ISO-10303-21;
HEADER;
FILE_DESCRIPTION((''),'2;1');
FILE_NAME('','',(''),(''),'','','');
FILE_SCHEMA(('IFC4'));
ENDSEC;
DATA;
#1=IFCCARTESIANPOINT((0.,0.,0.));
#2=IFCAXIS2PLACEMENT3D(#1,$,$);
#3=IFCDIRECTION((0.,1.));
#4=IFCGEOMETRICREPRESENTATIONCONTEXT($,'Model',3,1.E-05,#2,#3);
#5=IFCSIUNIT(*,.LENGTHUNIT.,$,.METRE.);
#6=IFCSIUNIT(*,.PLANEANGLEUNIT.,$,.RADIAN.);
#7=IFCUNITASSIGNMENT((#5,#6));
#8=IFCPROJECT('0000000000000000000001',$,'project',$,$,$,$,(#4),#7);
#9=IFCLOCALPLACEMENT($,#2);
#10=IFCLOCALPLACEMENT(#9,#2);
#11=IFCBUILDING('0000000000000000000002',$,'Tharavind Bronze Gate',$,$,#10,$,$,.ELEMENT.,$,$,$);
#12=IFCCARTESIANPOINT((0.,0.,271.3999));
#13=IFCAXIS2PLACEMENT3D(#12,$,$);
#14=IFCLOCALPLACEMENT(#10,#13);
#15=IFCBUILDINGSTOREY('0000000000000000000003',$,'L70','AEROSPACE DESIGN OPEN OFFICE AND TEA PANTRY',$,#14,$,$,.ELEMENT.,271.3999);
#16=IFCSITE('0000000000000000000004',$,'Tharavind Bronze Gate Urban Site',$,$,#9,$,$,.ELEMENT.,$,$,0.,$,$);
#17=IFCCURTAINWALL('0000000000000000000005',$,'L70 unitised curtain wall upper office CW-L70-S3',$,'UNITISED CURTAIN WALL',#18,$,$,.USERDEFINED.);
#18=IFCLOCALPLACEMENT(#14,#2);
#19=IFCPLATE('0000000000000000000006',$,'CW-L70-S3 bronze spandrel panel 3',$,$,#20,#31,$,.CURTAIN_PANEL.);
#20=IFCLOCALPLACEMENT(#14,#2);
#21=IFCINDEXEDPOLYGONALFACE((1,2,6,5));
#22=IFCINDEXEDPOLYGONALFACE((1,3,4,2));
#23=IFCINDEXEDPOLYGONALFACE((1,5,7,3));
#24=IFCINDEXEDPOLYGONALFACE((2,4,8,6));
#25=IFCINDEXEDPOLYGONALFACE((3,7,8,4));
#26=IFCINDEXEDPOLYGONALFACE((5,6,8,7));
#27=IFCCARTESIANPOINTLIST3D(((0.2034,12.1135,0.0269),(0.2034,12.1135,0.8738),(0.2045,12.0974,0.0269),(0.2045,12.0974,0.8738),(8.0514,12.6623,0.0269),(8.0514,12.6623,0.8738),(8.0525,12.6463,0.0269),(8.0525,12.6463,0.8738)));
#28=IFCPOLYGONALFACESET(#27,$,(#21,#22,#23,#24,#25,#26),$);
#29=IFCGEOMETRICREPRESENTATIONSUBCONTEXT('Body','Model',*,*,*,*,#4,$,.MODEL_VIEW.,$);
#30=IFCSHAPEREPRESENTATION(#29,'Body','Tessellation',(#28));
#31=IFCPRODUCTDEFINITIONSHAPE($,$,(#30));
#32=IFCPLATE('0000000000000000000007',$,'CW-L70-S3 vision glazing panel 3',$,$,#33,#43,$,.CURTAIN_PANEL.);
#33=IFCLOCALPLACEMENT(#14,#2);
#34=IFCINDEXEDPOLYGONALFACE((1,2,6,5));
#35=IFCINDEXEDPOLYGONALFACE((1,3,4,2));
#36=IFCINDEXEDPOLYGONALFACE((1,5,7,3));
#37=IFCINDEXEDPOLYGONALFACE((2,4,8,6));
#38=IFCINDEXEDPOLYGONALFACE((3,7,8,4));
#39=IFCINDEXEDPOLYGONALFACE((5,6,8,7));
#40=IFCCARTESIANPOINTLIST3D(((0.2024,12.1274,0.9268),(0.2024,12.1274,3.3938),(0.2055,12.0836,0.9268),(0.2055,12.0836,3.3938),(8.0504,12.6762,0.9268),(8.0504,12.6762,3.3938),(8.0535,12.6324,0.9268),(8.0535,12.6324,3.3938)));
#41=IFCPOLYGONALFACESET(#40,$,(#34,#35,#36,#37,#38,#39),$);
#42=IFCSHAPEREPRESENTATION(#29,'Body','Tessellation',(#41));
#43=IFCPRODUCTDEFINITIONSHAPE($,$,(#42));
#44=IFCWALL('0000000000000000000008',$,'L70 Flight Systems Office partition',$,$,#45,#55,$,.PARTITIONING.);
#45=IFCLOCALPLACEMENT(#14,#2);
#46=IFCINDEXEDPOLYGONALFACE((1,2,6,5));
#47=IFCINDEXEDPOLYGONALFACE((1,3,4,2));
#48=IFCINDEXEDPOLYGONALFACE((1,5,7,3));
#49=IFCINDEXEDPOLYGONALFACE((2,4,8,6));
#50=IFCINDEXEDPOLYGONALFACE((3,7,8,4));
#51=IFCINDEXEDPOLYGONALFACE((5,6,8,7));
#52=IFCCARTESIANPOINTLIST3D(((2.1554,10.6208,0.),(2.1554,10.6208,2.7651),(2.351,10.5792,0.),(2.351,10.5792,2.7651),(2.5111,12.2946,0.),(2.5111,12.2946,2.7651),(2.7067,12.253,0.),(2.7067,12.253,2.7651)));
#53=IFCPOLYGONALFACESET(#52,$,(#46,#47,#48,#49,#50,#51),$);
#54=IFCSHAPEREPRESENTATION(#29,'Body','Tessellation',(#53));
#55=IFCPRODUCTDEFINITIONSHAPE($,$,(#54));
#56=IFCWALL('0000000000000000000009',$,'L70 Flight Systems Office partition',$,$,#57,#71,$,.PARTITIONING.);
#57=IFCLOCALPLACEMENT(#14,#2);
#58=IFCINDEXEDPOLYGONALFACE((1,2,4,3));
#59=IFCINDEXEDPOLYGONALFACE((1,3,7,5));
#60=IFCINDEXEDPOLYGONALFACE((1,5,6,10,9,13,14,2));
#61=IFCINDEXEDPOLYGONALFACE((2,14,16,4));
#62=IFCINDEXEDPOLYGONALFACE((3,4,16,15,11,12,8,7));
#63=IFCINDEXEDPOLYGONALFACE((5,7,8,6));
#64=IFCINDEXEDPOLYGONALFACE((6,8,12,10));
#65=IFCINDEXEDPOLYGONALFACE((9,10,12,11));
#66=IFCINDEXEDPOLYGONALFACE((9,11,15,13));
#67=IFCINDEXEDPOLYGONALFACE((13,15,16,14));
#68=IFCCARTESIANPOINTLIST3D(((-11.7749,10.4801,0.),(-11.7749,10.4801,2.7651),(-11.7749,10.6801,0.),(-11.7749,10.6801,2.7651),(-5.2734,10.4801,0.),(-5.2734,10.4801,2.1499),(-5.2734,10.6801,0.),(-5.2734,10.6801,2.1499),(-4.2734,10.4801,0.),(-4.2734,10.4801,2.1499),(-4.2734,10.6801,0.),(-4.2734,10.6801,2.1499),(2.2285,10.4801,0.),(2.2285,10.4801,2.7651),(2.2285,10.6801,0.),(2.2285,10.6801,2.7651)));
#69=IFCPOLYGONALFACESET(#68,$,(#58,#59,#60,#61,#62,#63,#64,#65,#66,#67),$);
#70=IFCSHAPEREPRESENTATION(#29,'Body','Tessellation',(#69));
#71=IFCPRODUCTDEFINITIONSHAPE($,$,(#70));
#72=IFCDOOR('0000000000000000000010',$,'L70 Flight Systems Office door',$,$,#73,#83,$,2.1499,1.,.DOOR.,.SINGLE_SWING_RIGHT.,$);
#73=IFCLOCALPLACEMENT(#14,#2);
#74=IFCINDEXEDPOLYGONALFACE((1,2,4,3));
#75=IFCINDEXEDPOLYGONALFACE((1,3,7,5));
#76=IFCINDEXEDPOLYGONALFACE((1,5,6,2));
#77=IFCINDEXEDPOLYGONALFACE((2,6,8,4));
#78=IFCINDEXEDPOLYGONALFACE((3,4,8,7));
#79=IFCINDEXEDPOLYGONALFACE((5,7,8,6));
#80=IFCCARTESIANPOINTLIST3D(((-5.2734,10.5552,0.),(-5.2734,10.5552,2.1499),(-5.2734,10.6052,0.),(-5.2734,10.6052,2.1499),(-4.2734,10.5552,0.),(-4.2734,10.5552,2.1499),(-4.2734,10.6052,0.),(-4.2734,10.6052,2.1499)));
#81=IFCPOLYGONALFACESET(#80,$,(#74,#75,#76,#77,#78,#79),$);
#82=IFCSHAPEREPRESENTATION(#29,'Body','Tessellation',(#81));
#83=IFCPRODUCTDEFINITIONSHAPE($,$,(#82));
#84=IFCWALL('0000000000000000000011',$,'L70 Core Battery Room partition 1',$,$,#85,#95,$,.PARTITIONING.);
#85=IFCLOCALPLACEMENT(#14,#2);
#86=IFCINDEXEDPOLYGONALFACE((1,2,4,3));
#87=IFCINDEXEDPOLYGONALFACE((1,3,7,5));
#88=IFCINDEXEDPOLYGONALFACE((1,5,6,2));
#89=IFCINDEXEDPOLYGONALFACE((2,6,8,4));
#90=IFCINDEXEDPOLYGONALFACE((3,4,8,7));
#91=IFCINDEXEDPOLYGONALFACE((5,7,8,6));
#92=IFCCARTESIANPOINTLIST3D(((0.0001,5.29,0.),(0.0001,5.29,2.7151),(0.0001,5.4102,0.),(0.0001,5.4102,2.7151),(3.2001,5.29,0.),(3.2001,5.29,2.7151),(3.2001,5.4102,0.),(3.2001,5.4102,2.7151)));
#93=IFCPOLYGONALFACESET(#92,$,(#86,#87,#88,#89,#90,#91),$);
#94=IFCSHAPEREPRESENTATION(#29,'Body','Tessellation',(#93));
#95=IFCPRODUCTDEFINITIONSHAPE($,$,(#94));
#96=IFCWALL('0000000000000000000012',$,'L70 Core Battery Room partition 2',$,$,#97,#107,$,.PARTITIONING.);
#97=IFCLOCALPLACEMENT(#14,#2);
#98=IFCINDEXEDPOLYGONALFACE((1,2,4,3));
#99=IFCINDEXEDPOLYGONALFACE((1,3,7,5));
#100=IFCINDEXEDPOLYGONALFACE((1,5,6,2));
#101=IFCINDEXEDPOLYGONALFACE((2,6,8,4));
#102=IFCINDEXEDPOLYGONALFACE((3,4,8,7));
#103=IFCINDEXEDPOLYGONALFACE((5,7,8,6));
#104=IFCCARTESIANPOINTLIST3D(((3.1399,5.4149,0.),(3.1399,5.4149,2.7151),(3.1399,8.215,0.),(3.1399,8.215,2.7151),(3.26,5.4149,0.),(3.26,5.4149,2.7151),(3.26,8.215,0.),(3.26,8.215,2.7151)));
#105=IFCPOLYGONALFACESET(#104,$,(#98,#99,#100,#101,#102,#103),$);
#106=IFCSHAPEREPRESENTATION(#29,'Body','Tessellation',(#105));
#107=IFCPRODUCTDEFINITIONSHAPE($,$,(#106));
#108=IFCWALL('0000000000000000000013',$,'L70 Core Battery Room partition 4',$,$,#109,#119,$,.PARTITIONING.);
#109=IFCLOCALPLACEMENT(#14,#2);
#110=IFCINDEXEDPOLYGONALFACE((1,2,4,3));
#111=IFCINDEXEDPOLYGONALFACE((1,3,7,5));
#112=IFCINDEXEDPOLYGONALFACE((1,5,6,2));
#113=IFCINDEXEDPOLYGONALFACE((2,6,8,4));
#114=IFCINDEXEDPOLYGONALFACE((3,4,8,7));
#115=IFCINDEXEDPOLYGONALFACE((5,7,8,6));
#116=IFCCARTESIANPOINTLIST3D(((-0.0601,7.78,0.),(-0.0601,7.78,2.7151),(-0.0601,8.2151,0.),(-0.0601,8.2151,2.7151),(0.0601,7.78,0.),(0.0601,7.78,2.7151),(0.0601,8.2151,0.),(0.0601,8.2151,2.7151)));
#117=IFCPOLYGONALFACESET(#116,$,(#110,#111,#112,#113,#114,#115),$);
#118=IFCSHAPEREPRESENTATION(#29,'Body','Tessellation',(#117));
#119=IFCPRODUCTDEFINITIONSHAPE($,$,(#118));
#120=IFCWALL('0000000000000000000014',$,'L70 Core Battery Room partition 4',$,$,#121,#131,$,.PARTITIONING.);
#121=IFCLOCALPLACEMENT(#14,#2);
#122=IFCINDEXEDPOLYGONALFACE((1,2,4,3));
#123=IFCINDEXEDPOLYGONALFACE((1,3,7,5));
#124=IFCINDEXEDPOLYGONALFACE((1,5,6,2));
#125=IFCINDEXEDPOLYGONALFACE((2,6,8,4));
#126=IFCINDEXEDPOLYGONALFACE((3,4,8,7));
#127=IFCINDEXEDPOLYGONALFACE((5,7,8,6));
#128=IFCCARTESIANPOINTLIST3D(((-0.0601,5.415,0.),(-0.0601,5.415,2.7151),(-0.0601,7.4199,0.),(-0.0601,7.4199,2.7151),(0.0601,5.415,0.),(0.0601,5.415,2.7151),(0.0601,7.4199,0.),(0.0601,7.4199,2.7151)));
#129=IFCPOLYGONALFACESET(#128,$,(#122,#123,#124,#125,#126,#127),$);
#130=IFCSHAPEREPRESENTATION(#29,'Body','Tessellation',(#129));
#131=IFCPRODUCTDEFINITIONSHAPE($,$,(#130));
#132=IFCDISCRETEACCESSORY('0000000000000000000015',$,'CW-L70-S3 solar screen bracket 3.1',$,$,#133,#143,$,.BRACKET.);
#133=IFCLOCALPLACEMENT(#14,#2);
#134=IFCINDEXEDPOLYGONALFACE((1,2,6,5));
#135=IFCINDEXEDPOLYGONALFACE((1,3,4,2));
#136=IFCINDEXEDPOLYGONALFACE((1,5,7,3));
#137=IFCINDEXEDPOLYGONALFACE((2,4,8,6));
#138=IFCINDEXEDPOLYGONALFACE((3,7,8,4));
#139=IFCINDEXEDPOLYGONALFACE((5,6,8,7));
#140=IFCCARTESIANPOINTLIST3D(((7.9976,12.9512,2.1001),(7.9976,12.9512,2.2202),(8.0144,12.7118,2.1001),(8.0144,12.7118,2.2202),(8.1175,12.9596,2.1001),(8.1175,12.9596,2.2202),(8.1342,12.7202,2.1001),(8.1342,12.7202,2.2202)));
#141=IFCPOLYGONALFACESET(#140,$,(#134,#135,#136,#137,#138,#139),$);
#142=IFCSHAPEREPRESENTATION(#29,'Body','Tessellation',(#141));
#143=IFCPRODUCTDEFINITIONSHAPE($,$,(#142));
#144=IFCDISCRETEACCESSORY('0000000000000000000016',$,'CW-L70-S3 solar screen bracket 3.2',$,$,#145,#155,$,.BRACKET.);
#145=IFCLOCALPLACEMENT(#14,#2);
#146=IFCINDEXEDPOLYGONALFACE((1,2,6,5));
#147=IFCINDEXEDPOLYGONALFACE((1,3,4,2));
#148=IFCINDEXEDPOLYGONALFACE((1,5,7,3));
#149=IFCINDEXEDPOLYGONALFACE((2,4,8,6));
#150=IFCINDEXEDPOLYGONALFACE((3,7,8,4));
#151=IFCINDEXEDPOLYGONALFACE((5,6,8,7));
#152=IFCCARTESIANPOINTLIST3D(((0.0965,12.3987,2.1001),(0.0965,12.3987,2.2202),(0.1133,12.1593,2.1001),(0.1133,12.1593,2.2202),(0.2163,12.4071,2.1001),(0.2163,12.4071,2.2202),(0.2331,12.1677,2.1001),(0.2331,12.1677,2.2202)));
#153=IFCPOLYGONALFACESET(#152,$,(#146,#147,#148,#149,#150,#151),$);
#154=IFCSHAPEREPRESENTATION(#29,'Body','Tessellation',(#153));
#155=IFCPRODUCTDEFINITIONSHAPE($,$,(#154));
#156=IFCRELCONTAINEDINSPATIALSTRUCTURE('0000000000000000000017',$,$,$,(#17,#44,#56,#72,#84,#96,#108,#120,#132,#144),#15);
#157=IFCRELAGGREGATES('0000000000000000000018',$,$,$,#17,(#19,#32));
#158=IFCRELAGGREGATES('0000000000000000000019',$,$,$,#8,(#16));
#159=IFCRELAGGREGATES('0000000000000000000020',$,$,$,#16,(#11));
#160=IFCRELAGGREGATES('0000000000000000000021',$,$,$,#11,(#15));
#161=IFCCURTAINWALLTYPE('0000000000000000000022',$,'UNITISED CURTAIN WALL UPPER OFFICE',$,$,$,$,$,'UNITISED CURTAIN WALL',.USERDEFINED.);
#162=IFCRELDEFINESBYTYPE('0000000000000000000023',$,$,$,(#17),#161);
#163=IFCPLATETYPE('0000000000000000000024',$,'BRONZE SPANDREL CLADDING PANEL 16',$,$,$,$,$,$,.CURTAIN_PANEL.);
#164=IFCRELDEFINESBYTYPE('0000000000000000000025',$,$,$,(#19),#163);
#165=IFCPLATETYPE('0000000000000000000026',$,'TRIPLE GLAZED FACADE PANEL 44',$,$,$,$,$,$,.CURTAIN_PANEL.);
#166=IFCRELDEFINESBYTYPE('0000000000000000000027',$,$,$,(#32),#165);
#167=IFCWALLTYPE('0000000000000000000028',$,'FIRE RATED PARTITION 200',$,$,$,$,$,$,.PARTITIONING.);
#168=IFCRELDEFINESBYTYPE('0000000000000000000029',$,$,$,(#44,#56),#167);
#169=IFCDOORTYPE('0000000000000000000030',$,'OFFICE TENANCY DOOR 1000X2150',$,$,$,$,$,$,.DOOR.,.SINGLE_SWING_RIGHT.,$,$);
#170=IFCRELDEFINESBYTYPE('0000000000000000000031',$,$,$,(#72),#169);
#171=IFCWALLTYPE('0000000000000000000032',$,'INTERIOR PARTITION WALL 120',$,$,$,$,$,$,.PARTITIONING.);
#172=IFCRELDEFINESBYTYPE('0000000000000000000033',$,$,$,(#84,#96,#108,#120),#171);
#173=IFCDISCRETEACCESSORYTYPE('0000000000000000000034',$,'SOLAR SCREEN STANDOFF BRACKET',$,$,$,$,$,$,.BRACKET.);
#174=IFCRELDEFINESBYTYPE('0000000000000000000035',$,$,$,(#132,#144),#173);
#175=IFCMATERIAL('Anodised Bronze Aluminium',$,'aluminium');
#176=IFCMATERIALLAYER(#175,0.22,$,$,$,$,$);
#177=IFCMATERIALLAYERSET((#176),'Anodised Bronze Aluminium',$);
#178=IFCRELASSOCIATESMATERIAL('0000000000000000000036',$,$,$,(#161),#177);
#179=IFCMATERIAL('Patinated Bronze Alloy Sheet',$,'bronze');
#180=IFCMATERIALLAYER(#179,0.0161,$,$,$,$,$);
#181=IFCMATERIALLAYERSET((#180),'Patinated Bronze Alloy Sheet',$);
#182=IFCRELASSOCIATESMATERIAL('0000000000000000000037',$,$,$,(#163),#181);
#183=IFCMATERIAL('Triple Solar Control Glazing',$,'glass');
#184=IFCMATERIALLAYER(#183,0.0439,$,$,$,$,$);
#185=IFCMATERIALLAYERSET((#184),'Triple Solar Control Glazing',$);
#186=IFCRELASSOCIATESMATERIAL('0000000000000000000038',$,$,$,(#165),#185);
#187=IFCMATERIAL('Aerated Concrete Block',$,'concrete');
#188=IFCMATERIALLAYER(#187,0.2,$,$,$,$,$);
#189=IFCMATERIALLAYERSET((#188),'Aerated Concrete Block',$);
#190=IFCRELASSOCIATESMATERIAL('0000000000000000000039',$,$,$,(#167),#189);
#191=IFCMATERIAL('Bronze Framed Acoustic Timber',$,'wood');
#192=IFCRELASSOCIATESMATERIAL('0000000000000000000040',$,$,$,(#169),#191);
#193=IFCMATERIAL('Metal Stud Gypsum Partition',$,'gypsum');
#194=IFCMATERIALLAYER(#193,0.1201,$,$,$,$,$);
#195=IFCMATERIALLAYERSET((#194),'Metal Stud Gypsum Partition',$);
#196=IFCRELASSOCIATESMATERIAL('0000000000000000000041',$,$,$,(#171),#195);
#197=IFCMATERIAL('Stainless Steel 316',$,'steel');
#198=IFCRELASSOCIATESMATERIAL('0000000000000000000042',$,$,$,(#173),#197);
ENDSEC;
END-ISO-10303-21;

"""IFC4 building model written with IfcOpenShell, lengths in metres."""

from ifc_helpers import new_model, si_unit, direction, frame, frame_2d, origin, origin_2d, place, context, subcontext, project, spatial, rectangle, extrude, material, layer, layer_set, type_object, element, fill, aggregate, save


model = new_model("IFC4")

# Units and contexts
model_context = context("Model", 3, precision=1e-05, world=origin(), true_north=direction((0.0, 1.0)))
body_context = subcontext(model_context, "Body", "Model", "MODEL_VIEW")
ifc_project = project(units=[si_unit("LENGTHUNIT", "METRE"), si_unit("PLANEANGLEUNIT", "RADIAN")], contexts=[model_context])

# Site, building, storey
site_placement = place(None, origin())
site = spatial("IfcSite", under=ifc_project, at=site_placement, Name="Tharavind Bronze Gate Urban Site", CompositionType="ELEMENT", RefElevation=0.0)
building_placement = place(site_placement, origin())
building = spatial("IfcBuilding", under=site, at=building_placement, Name="Tharavind Bronze Gate", CompositionType="ELEMENT")
storey_placement = place(building_placement, frame((0.0, 0.0, 271.3999)))
storey = spatial("IfcBuildingStorey", under=building, at=storey_placement, Name="L70", Description="AEROSPACE DESIGN OPEN OFFICE AND TEA PANTRY", CompositionType="ELEMENT", Elevation=271.3999)

# Curtain wall
ifc_material_1 = material(Name="Anodised Bronze Aluminium", Category="aluminium")
ifc_layer_1 = layer(ifc_material_1, 0.22)
ifc_layer_set_1 = layer_set([ifc_layer_1], Name="Anodised Bronze Aluminium")
curtain_wall_type = type_object("IfcCurtainWallType", Name="UNITISED CURTAIN WALL UPPER OFFICE", ElementType="UNITISED CURTAIN WALL", PredefinedType="USERDEFINED", material=ifc_layer_set_1)
curtain_wall_placement = place(storey_placement, origin())
curtain_wall = element("IfcCurtainWall", 1, at=curtain_wall_placement, inside=storey, type_object=curtain_wall_type, Name="L70 unitised curtain wall upper office CW-L70-S3", ObjectType="UNITISED CURTAIN WALL", PredefinedType="USERDEFINED")

# Plates
ifc_material_2 = material(Name="Patinated Bronze Alloy Sheet", Category="bronze")
ifc_layer_2 = layer(ifc_material_2, 0.0161)
ifc_layer_set_2 = layer_set([ifc_layer_2], Name="Patinated Bronze Alloy Sheet")
plate_type_1 = type_object("IfcPlateType", Name="BRONZE SPANDREL CLADDING PANEL 16", PredefinedType="CURTAIN_PANEL", material=ifc_layer_set_2)
plate_1_placement = place(storey_placement, frame((4.1279, 12.3799, 0.0269), z_axis=(0.0, 0.0, 1.0), x_axis=(-0.997564, -0.06976, 0.0)))
plate_1 = element("IfcPlate", 2, at=plate_1_placement, type_object=plate_type_1, Name="CW-L70-S3 bronze spandrel panel 3", PredefinedType="CURTAIN_PANEL", context=body_context, shape_type="SweptSolid", body=[
    extrude(rectangle(XDim=7.8672, YDim=0.0161, at=origin_2d()), origin(), (0.0, 0.0, 1.0), 0.8469),
])
ifc_material_3 = material(Name="Triple Solar Control Glazing", Category="glass")
ifc_layer_3 = layer(ifc_material_3, 0.0439)
ifc_layer_set_3 = layer_set([ifc_layer_3], Name="Triple Solar Control Glazing")
plate_type_2 = type_object("IfcPlateType", Name="TRIPLE GLAZED FACADE PANEL 44", PredefinedType="CURTAIN_PANEL", material=ifc_layer_set_3)
plate_2_placement = place(storey_placement, frame((4.1279, 12.3799, 0.9268), z_axis=(0.0, 0.0, 1.0), x_axis=(-0.997564, -0.06976, 0.0)))
plate_2 = element("IfcPlate", 3, at=plate_2_placement, type_object=plate_type_2, Name="CW-L70-S3 vision glazing panel 3", PredefinedType="CURTAIN_PANEL", context=body_context, shape_type="SweptSolid", body=[
    extrude(rectangle(XDim=7.8672, YDim=0.0439, at=origin_2d()), origin(), (0.0, 0.0, 1.0), 2.467),
])
aggregate(curtain_wall, [plate_1, plate_2])

# Wall
ifc_material_4 = material(Name="Aerated Concrete Block", Category="concrete")
ifc_layer_4 = layer(ifc_material_4, 0.2)
ifc_layer_set_4 = layer_set([ifc_layer_4], Name="Aerated Concrete Block")
wall_type_1 = type_object("IfcWallType", Name="FIRE RATED PARTITION 200", PredefinedType="PARTITIONING", material=ifc_layer_set_4)
wall_1_placement = place(storey_placement, frame((2.6089, 12.2737, 0.0), z_axis=(0.0, 0.0, 1.0), x_axis=(-0.207872, -0.978156, 0.0)))
element("IfcWall", 4, at=wall_1_placement, inside=storey, type_object=wall_type_1, Name="L70 Flight Systems Office partition", PredefinedType="PARTITIONING", context=body_context, shape_type="SweptSolid", body=[
    extrude(rectangle(XDim=1.7112, YDim=0.2, at=frame_2d((0.8555, 0.0))), origin(), (0.0, 0.0, 1.0), 2.7651),
])

# Wall, opening, door
wall_2_placement = place(storey_placement, frame((2.2285, 10.5801, 0.0), z_axis=(0.0, 0.0, 1.0), x_axis=(-1.0, 0.0, 0.0)))
wall_2 = element("IfcWall", 5, at=wall_2_placement, inside=storey, type_object=wall_type_1, Name="L70 Flight Systems Office partition", PredefinedType="PARTITIONING", context=body_context, shape_type="SweptSolid", body=[
    extrude(rectangle(XDim=14.0034, YDim=0.2, at=frame_2d((7.0017, 0.0))), origin(), (0.0, 0.0, 1.0), 2.7651),
])
opening_placement = place(wall_2_placement, frame((6.502, 0.0, 0.0)))
opening = element("IfcOpeningElement", 6, at=opening_placement, cuts=wall_2, PredefinedType="OPENING", context=body_context, shape_type="SweptSolid", body=[
    extrude(rectangle(XDim=1.0, YDim=2.1499, at=frame_2d((0.5, 1.075))), frame((0.0, 0.1101, 0.0), z_axis=(0.0, -1.0, 0.0), x_axis=(1.0, 0.0, 0.0)), (0.0, 0.0, 1.0), 0.22),
])
ifc_material_5 = material(Name="Bronze Framed Acoustic Timber", Category="wood")
door_type = type_object("IfcDoorType", Name="OFFICE TENANCY DOOR 1000X2150", OperationType="SINGLE_SWING_RIGHT", PredefinedType="DOOR", material=ifc_material_5)
door_placement = place(opening_placement, origin())
door = element("IfcDoor", 7, at=door_placement, inside=storey, type_object=door_type, Name="L70 Flight Systems Office door", OperationType="SINGLE_SWING_RIGHT", OverallHeight=2.1499, OverallWidth=1.0, PredefinedType="DOOR", context=body_context, shape_type="SweptSolid", body=[
    extrude(rectangle(XDim=1.0, YDim=2.1499, at=frame_2d((0.5, 1.075))), frame((0.0, 0.0249, 0.0), z_axis=(0.0, -1.0, 0.0), x_axis=(1.0, 0.0, 0.0)), (0.0, 0.0, 1.0), 0.05),
])
fill(opening, door)

# Walls
ifc_material_6 = material(Name="Metal Stud Gypsum Partition", Category="gypsum")
ifc_layer_5 = layer(ifc_material_6, 0.1201)
ifc_layer_set_5 = layer_set([ifc_layer_5], Name="Metal Stud Gypsum Partition")
wall_type_2 = type_object("IfcWallType", Name="INTERIOR PARTITION WALL 120", PredefinedType="PARTITIONING", material=ifc_layer_set_5)
wall_3_placement = place(storey_placement, frame((0.0, 5.3501, 0.0), z_axis=(0.0, 0.0, 1.0), x_axis=(1.0, 0.0, 0.0)))
element("IfcWall", 8, at=wall_3_placement, inside=storey, type_object=wall_type_2, Name="L70 Core Battery Room partition 1", PredefinedType="PARTITIONING", context=body_context, shape_type="SweptSolid", body=[
    extrude(rectangle(XDim=3.2, YDim=0.1201, at=frame_2d((1.6001, 0.0))), origin(), (0.0, 0.0, 1.0), 2.7151),
])
wall_4_placement = place(storey_placement, frame((3.2, 5.415, 0.0), z_axis=(0.0, 0.0, 1.0), x_axis=(0.0, 1.0, 0.0)))
element("IfcWall", 9, at=wall_4_placement, inside=storey, type_object=wall_type_2, Name="L70 Core Battery Room partition 2", PredefinedType="PARTITIONING", context=body_context, shape_type="SweptSolid", body=[
    extrude(rectangle(XDim=2.8, YDim=0.1201, at=frame_2d((1.3999, 0.0))), origin(), (0.0, 0.0, 1.0), 2.7151),
])
wall_5_placement = place(storey_placement, frame((0.0, 8.2151, 0.0), z_axis=(0.0, 0.0, 1.0), x_axis=(0.0, -1.0, 0.0)))
element("IfcWall", 10, at=wall_5_placement, inside=storey, type_object=wall_type_2, Name="L70 Core Battery Room partition 4", PredefinedType="PARTITIONING", context=body_context, shape_type="SweptSolid", body=[
    extrude(rectangle(XDim=0.4351, YDim=0.1201, at=frame_2d((0.2175, 0.0))), origin(), (0.0, 0.0, 1.0), 2.7151),
])
wall_6_placement = place(storey_placement, frame((0.0, 7.4199, 0.0), z_axis=(0.0, 0.0, 1.0), x_axis=(0.0, -1.0, 0.0)))
element("IfcWall", 11, at=wall_6_placement, inside=storey, type_object=wall_type_2, Name="L70 Core Battery Room partition 4", PredefinedType="PARTITIONING", context=body_context, shape_type="SweptSolid", body=[
    extrude(rectangle(XDim=2.0049, YDim=0.1201, at=frame_2d((1.0024, 0.0))), origin(), (0.0, 0.0, 1.0), 2.7151),
])

# Discrete accessories
ifc_material_7 = material(Name="Stainless Steel 316", Category="steel")
discrete_accessory_type = type_object("IfcDiscreteAccessoryType", Name="SOLAR SCREEN STANDOFF BRACKET", PredefinedType="BRACKET", material=ifc_material_7)
for number, where, z_axis, x_axis, name in (
    (12, (8.0659, 12.8357, 2.1001), (0.0, 0.0, 1.0), (-0.997564, -0.06976, 0.0), "CW-L70-S3 solar screen bracket 3.1"),
    (13, (0.1648, 12.2832, 2.1001), (0.0, 0.0, 1.0), (-0.997564, -0.06976, 0.0), "CW-L70-S3 solar screen bracket 3.2"),
):
    element("IfcDiscreteAccessory", number, at=place(storey_placement, frame(where, z_axis=z_axis, x_axis=x_axis)), inside=storey, type_object=discrete_accessory_type, Name=name, PredefinedType="BRACKET", context=body_context, shape_type="SweptSolid", body=[
        extrude(rectangle(XDim=0.1201, YDim=0.24, at=origin_2d()), origin(), (0.0, 0.0, 1.0), 0.1201),
    ])

save(model, "model.ifc")
